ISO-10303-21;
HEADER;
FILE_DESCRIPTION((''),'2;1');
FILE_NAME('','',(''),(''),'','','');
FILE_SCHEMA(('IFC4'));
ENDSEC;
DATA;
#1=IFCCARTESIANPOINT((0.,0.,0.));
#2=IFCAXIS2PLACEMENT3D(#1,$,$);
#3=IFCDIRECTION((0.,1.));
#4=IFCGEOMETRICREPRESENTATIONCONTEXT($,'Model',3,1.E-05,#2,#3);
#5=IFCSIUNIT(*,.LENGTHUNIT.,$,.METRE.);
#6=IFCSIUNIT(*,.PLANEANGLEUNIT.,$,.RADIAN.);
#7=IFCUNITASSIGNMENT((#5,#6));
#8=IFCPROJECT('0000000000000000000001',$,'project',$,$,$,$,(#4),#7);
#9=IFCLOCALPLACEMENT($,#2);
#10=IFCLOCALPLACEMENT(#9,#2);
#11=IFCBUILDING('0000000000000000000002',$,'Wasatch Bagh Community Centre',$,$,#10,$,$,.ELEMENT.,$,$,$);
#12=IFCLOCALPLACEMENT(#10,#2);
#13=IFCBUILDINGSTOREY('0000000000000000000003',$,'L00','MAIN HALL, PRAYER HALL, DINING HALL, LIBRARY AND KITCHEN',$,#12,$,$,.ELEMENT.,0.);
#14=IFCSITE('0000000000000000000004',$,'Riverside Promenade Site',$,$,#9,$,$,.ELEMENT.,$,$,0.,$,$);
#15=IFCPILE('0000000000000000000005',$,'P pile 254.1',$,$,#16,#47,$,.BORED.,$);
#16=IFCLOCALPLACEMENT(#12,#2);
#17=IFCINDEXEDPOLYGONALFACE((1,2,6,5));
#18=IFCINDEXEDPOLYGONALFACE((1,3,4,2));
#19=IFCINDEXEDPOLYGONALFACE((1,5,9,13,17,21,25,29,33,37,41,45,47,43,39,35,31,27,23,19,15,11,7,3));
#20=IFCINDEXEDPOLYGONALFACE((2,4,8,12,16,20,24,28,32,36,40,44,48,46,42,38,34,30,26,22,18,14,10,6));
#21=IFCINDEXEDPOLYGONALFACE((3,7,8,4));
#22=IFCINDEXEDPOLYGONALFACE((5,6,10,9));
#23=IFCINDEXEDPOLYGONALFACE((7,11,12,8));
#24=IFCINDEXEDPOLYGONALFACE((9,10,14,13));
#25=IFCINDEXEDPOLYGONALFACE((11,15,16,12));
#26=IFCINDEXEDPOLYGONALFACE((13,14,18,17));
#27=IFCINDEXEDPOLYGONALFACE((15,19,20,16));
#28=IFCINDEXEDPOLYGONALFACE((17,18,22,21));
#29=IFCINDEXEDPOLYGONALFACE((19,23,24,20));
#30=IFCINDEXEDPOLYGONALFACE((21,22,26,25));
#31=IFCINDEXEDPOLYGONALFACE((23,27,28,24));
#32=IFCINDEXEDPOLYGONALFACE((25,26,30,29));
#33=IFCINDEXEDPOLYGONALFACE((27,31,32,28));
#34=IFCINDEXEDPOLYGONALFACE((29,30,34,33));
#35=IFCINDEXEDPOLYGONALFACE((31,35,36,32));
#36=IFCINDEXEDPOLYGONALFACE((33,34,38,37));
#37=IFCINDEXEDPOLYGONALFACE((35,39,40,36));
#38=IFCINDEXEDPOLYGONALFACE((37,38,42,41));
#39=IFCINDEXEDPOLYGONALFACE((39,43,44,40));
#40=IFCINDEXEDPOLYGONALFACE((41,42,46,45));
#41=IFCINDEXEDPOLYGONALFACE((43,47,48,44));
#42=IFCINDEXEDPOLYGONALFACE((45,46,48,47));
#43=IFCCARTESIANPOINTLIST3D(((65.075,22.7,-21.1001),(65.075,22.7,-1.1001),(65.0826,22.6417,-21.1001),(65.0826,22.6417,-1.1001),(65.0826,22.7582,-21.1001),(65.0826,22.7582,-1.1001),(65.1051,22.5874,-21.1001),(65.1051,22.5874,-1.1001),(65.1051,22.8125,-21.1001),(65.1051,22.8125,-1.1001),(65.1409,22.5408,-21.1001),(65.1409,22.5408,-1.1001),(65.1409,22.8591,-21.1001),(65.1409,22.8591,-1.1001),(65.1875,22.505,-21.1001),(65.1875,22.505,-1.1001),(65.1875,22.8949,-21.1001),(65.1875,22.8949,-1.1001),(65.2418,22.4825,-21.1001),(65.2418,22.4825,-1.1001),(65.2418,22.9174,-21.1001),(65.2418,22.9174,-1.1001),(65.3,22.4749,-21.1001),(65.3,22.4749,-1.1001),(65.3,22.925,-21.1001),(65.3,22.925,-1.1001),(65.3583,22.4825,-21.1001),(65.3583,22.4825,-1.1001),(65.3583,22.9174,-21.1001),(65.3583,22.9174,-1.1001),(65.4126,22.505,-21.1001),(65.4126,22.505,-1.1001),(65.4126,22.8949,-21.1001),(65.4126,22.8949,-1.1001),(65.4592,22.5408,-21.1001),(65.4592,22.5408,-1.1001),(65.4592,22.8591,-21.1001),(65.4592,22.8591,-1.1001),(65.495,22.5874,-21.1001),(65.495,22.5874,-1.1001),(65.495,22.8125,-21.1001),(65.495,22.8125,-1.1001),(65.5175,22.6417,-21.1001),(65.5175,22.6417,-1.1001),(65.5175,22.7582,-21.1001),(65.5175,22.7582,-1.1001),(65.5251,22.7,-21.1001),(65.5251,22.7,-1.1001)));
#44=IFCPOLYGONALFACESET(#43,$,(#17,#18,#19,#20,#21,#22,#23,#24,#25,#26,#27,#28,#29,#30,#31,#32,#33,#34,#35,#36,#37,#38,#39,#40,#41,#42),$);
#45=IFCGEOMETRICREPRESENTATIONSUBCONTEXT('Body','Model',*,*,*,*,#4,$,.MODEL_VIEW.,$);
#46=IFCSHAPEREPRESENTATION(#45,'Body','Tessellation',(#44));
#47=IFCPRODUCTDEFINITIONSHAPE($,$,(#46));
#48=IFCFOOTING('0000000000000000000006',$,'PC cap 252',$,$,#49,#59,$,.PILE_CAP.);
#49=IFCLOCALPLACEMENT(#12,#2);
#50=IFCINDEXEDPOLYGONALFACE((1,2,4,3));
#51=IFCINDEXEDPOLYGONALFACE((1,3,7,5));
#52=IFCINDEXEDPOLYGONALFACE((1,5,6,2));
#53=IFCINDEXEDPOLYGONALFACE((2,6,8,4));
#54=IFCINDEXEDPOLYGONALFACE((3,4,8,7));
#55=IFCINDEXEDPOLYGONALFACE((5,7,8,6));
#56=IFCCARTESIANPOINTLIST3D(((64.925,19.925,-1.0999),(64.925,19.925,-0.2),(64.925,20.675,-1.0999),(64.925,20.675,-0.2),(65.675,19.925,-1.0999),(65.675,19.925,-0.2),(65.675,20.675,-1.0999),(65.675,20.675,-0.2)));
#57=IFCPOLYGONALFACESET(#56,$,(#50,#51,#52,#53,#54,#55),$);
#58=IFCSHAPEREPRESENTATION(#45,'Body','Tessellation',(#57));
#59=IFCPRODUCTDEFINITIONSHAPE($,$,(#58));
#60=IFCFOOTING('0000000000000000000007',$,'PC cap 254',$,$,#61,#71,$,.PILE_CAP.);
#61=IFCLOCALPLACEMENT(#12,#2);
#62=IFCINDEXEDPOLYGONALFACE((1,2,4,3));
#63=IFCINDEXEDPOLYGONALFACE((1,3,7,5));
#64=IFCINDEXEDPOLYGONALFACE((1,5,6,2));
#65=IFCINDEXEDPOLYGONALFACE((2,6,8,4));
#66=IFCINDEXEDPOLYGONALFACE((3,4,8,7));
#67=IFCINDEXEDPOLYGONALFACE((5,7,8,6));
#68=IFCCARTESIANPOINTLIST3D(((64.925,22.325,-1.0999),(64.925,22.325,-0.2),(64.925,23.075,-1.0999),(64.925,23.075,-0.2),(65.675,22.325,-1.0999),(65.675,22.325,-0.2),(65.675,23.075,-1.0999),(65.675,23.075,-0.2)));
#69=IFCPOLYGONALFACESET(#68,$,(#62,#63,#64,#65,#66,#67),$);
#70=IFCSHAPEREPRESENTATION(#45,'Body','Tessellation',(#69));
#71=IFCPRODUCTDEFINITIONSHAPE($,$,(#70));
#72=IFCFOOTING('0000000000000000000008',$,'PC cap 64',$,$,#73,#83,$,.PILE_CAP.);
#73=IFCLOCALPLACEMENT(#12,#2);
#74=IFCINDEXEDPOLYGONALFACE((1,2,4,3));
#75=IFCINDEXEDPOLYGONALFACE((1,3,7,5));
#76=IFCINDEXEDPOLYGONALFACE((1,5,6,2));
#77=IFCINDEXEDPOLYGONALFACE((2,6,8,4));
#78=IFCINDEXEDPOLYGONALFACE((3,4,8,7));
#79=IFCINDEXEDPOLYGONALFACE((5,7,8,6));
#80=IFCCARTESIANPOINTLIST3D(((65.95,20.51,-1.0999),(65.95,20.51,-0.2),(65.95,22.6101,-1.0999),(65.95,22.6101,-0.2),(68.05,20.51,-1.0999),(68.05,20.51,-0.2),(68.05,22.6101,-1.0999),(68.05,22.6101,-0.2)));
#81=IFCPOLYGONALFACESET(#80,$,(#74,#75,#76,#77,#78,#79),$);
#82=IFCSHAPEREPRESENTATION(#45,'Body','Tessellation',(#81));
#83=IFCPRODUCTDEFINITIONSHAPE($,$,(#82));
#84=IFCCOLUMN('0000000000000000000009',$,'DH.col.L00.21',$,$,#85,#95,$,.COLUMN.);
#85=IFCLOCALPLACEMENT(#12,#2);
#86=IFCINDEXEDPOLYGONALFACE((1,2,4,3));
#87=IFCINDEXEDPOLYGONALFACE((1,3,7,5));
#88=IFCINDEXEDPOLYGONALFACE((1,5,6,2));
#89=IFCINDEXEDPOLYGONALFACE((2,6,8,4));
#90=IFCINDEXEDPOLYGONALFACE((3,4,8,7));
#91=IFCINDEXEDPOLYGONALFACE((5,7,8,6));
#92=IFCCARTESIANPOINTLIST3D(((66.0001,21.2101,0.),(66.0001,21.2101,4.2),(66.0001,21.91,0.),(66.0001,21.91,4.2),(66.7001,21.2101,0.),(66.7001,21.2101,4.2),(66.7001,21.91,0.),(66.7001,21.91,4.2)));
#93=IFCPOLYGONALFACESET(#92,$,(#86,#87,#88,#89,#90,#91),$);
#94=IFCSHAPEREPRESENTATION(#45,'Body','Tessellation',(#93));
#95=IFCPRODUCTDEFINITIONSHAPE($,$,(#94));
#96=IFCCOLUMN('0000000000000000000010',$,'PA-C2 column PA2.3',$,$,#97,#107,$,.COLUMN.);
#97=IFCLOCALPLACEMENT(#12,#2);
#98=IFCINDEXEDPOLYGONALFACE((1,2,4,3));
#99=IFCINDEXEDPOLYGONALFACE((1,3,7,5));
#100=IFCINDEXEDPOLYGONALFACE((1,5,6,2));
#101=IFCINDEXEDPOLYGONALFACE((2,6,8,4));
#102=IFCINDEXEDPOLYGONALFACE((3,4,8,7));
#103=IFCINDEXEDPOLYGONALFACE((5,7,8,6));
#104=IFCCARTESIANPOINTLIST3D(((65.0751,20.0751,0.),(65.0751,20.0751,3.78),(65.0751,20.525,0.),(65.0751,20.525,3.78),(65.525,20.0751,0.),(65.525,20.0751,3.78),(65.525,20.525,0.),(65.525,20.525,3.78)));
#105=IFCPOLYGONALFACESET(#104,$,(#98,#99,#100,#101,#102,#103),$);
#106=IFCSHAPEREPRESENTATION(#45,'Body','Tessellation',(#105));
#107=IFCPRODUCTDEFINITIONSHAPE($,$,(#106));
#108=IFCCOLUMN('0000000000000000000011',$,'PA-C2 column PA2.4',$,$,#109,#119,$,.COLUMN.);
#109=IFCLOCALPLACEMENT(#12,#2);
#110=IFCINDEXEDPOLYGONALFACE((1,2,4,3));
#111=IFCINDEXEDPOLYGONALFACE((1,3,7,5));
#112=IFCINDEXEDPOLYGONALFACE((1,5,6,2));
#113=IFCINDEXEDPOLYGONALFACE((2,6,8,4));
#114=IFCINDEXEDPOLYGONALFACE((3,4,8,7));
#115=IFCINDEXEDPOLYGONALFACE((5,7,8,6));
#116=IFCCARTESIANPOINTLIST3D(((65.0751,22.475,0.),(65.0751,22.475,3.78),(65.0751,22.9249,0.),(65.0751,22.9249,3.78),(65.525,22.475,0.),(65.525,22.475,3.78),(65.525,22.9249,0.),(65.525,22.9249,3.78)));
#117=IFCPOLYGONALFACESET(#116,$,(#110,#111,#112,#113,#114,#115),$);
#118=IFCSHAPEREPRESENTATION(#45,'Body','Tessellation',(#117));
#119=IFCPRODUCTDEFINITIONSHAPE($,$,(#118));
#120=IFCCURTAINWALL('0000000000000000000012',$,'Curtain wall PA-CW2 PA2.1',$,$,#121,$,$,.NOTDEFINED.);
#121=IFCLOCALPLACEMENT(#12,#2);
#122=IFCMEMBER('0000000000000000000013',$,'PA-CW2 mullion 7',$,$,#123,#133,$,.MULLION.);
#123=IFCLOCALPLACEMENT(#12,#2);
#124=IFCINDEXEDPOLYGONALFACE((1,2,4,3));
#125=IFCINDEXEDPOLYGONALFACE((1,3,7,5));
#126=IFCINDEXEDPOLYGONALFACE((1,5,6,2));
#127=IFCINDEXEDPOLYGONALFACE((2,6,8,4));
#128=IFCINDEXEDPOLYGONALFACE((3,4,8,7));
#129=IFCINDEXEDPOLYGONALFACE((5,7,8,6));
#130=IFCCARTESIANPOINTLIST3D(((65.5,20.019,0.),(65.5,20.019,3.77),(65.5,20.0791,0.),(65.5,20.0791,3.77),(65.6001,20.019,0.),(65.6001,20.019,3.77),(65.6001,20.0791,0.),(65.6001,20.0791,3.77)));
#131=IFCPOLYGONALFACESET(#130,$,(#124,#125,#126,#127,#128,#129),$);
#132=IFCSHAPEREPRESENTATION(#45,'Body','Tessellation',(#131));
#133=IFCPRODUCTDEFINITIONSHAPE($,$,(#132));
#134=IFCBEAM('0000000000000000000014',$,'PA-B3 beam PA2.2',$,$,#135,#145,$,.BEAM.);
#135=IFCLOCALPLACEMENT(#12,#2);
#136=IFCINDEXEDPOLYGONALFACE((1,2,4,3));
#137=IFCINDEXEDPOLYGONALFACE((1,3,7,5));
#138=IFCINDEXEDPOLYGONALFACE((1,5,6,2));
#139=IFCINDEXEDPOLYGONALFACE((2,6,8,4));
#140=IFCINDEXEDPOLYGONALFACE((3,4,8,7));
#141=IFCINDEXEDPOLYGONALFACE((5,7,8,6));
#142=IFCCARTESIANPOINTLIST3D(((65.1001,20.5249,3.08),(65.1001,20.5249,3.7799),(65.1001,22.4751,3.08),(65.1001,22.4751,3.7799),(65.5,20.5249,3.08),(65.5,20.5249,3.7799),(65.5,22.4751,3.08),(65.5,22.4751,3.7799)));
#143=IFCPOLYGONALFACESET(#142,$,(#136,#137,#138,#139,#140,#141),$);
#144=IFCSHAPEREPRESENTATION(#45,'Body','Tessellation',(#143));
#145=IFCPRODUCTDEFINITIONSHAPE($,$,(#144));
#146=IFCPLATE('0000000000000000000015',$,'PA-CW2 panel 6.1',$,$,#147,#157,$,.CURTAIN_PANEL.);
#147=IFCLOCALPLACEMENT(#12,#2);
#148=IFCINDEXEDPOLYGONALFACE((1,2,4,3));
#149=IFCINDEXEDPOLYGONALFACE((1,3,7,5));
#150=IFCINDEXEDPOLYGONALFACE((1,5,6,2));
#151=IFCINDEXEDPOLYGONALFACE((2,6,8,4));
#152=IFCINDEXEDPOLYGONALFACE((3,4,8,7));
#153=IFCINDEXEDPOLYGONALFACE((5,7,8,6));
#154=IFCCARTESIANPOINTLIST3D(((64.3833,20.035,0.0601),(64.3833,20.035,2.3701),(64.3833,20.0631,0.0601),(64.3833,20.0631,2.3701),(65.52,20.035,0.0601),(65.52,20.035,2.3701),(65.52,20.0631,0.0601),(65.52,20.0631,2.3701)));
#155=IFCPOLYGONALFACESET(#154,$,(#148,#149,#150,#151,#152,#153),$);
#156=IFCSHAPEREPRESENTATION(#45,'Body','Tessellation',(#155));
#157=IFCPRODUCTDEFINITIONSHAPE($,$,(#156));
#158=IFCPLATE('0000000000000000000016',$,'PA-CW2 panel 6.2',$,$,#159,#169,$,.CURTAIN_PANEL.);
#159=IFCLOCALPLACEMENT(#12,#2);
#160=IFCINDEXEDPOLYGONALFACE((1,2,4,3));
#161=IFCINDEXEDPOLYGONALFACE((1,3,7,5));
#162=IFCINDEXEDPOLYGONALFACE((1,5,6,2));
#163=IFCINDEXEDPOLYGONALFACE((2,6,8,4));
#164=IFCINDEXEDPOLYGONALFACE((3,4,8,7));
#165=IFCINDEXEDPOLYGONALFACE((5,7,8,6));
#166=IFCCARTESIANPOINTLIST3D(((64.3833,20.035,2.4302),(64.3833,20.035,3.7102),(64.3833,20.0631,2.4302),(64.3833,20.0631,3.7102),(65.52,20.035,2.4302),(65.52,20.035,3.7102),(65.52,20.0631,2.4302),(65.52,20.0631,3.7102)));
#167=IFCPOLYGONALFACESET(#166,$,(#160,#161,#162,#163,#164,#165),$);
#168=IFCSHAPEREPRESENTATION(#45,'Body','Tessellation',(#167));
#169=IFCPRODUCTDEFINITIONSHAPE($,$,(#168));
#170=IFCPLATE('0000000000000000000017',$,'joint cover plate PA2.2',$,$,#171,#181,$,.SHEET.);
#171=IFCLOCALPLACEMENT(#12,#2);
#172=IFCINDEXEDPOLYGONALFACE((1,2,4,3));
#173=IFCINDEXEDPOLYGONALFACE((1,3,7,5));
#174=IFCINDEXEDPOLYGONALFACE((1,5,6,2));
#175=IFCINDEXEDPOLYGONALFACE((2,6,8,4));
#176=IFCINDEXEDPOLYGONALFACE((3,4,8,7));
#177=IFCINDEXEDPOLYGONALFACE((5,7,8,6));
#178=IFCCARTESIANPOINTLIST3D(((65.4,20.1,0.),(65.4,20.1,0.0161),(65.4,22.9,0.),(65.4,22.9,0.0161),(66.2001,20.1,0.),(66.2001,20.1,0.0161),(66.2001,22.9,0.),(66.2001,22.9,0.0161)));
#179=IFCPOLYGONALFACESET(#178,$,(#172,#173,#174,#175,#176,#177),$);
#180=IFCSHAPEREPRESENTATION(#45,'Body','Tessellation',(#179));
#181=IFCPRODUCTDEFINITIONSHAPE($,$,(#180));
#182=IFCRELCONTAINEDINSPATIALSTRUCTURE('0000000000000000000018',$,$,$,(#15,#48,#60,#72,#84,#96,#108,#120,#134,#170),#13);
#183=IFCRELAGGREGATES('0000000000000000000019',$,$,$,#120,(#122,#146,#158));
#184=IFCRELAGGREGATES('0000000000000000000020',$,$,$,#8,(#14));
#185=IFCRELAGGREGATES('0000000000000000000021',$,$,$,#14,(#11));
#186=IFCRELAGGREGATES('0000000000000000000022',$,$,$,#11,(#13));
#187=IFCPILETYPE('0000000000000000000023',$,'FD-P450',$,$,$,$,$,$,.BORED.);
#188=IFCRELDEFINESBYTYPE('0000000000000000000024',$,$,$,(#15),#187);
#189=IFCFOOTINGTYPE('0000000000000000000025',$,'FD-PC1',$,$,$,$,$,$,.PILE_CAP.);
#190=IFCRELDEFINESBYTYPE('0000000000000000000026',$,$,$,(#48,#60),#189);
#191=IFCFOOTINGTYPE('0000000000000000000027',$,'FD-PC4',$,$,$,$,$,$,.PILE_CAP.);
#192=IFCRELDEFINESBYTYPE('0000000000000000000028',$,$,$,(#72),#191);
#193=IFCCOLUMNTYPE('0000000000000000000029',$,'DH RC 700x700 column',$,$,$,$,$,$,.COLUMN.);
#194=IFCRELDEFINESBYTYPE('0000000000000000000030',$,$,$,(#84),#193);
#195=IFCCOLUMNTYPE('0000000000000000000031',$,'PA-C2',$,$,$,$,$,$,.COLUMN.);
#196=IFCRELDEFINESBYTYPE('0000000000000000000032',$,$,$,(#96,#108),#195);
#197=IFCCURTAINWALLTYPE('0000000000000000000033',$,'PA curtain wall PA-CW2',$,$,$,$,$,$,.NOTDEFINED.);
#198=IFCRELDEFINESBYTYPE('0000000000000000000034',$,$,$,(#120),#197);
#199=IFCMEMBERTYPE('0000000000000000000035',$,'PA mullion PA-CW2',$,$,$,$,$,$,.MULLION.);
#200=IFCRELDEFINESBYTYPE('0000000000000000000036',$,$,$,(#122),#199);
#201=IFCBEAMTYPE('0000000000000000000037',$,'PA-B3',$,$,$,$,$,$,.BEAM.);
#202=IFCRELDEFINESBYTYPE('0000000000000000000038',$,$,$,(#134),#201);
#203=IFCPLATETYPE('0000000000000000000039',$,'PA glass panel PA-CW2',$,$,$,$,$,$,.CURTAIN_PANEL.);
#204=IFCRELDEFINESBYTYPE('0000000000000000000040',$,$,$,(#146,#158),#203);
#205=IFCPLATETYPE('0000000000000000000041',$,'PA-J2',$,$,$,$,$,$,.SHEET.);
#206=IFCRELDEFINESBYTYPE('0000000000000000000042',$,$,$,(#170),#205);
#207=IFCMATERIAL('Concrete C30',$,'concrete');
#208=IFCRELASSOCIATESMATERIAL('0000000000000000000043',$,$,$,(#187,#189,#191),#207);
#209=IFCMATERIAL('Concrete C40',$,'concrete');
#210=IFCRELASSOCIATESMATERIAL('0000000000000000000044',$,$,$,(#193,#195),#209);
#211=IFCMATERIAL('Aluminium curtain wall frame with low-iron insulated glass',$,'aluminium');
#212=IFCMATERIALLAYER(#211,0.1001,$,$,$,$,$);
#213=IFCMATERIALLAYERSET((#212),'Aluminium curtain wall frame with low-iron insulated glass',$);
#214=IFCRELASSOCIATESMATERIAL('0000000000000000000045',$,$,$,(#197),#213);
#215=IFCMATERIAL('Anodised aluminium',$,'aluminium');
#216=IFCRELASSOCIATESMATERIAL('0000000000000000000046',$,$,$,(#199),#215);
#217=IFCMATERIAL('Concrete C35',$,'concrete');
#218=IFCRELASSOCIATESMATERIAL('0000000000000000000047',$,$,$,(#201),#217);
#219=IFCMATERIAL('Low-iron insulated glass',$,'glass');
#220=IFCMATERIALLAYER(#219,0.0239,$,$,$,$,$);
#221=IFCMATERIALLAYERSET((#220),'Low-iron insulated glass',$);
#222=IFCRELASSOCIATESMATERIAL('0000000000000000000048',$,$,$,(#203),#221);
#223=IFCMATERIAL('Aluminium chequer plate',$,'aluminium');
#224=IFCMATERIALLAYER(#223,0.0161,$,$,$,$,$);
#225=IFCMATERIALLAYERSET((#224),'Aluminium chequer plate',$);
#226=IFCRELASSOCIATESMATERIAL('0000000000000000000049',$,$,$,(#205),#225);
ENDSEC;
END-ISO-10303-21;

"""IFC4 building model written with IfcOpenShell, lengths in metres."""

from ifc_helpers import new_model, si_unit, direction, frame, origin, origin_2d, place, context, subcontext, project, spatial, rectangle, circle, extrude, material, layer, layer_set, material_profile, profile_set, type_object, element, aggregate, save


model = new_model("IFC4")

# Units and contexts
model_context = context("Model", 3, precision=1e-05, world=origin(), true_north=direction((0.0, 1.0)))
body_context = subcontext(model_context, "Body", "Model", "MODEL_VIEW")
ifc_project = project(units=[si_unit("LENGTHUNIT", "METRE"), si_unit("PLANEANGLEUNIT", "RADIAN")], contexts=[model_context])

# Site, building, storey
site_placement = place(None, origin())
site = spatial("IfcSite", under=ifc_project, at=site_placement, Name="Riverside Promenade Site", CompositionType="ELEMENT", RefElevation=0.0)
building_placement = place(site_placement, origin())
building = spatial("IfcBuilding", under=site, at=building_placement, Name="Wasatch Bagh Community Centre", CompositionType="ELEMENT")
storey_placement = place(building_placement, origin())
storey = spatial("IfcBuildingStorey", under=building, at=storey_placement, Name="L00", Description="MAIN HALL, PRAYER HALL, DINING HALL, LIBRARY AND KITCHEN", CompositionType="ELEMENT", Elevation=0.0)

# Shared definitions
ifc_material_1 = material(Name="Concrete C35", Category="concrete")

# Pile
ifc_material_2 = material(Name="Concrete C30", Category="concrete")
ifc_material_profile_1 = material_profile(ifc_material_2, circle(Radius=0.2251, at=origin_2d()), Name="RC D450")
ifc_profile_set_1 = profile_set([ifc_material_profile_1], Name="Concrete C30")
pile_type = type_object("IfcPileType", Name="FD-P450", PredefinedType="BORED", material=ifc_profile_set_1)
for number, where, z_axis, x_axis, name in (
    (1, (65.3, 22.7, -1.1001), (0.0, 0.0, -1.0), (1.0, 0.0, 0.0), "P pile 254.1"),
):
    element("IfcPile", number, at=place(storey_placement, frame(where, z_axis=z_axis, x_axis=x_axis)), inside=storey, type_object=pile_type, Name=name, PredefinedType="BORED", context=body_context, shape_type="SweptSolid", body=[
        extrude(circle(Radius=0.2251, at=origin_2d()), origin(), (0.0, 0.0, 1.0), 20.0),
    ])

# Footings
footing_type_1 = type_object("IfcFootingType", Name="FD-PC1", PredefinedType="PILE_CAP", material=ifc_material_2)
for number, where, z_axis, x_axis, name in (
    (2, (65.3, 20.3, -1.0999), (0.0, 0.0, 1.0), (1.0, 0.0, 0.0), "PC cap 252"),
    (3, (65.3, 22.7, -1.0999), (0.0, 0.0, 1.0), (1.0, 0.0, 0.0), "PC cap 254"),
):
    element("IfcFooting", number, at=place(storey_placement, frame(where, z_axis=z_axis, x_axis=x_axis)), inside=storey, type_object=footing_type_1, Name=name, PredefinedType="PILE_CAP", context=body_context, shape_type="SweptSolid", body=[
        extrude(rectangle(XDim=0.75, YDim=0.75, at=origin_2d()), origin(), (0.0, 0.0, 1.0), 0.8999),
    ])
footing_type_2 = type_object("IfcFootingType", Name="FD-PC4", PredefinedType="PILE_CAP", material=ifc_material_2)
footing_1_placement = place(storey_placement, frame((67.0, 21.5601, -1.0999), z_axis=(0.0, 0.0, 1.0), x_axis=(1.0, 0.0, 0.0)))
element("IfcFooting", 4, at=footing_1_placement, inside=storey, type_object=footing_type_2, Name="PC cap 64", PredefinedType="PILE_CAP", context=body_context, shape_type="SweptSolid", body=[
    extrude(rectangle(XDim=2.1001, YDim=2.1001, at=origin_2d()), origin(), (0.0, 0.0, 1.0), 0.8999),
])

# Columns
ifc_material_3 = material(Name="Concrete C40", Category="concrete")
ifc_material_profile_2 = material_profile(ifc_material_3, rectangle(XDim=0.7, YDim=0.7, at=origin_2d()), Name="RC 700x700")
ifc_profile_set_2 = profile_set([ifc_material_profile_2], Name="Concrete C40")
column_type_1 = type_object("IfcColumnType", Name="DH RC 700x700 column", PredefinedType="COLUMN", material=ifc_profile_set_2)
column_placement = place(storey_placement, frame((66.3501, 21.5601, 0.0), z_axis=(0.0, 0.0, 1.0), x_axis=(1.0, 0.0, 0.0)))
element("IfcColumn", 5, at=column_placement, inside=storey, type_object=column_type_1, Name="DH.col.L00.21", PredefinedType="COLUMN", context=body_context, shape_type="SweptSolid", body=[
    extrude(rectangle(XDim=0.7, YDim=0.7, at=origin_2d()), origin(), (0.0, 0.0, 1.0), 4.2),
])
ifc_material_profile_3 = material_profile(ifc_material_3, rectangle(XDim=0.45, YDim=0.45, at=origin_2d()), Name="RC 450x450")
ifc_profile_set_3 = profile_set([ifc_material_profile_3], Name="Concrete C40")
column_type_2 = type_object("IfcColumnType", Name="PA-C2", PredefinedType="COLUMN", material=ifc_profile_set_3)
for number, where, z_axis, x_axis, name in (
    (6, (65.3, 20.3, 0.0), (0.0, 0.0, 1.0), (1.0, 0.0, 0.0), "PA-C2 column PA2.3"),
    (7, (65.3, 22.7, 0.0), (0.0, 0.0, 1.0), (1.0, 0.0, 0.0), "PA-C2 column PA2.4"),
):
    element("IfcColumn", number, at=place(storey_placement, frame(where, z_axis=z_axis, x_axis=x_axis)), inside=storey, type_object=column_type_2, Name=name, PredefinedType="COLUMN", context=body_context, shape_type="SweptSolid", body=[
        extrude(rectangle(XDim=0.45, YDim=0.45, at=origin_2d()), origin(), (0.0, 0.0, 1.0), 3.78),
    ])

# Curtain wall, member
ifc_material_4 = material(Name="Aluminium curtain wall frame with low-iron insulated glass", Category="aluminium")
ifc_layer_1 = layer(ifc_material_4, 0.1001)
ifc_layer_set_1 = layer_set([ifc_layer_1], Name="Aluminium curtain wall frame with low-iron insulated glass")
curtain_wall_type = type_object("IfcCurtainWallType", Name="PA curtain wall PA-CW2", PredefinedType="NOTDEFINED", material=ifc_layer_set_1)
curtain_wall_placement = place(storey_placement, origin())
curtain_wall = element("IfcCurtainWall", 8, at=curtain_wall_placement, inside=storey, type_object=curtain_wall_type, Name="Curtain wall PA-CW2 PA2.1", PredefinedType="NOTDEFINED")
ifc_material_5 = material(Name="Anodised aluminium", Category="aluminium")
ifc_material_profile_4 = material_profile(ifc_material_5, rectangle(XDim=0.0601, YDim=0.1001, at=origin_2d()), Name="PA mullion PA-CW2")
ifc_profile_set_4 = profile_set([ifc_material_profile_4], Name="Anodised aluminium")
member_type = type_object("IfcMemberType", Name="PA mullion PA-CW2", PredefinedType="MULLION", material=ifc_profile_set_4)
member_placement = place(storey_placement, frame((65.55, 20.0491, 0.0), z_axis=(0.0, 0.0, 1.0), x_axis=(0.0, 1.0, 0.0)))
member = element("IfcMember", 9, at=member_placement, type_object=member_type, Name="PA-CW2 mullion 7", PredefinedType="MULLION", context=body_context, shape_type="SweptSolid", body=[
    extrude(rectangle(XDim=0.0601, YDim=0.1001, at=origin_2d()), origin(), (0.0, 0.0, 1.0), 3.77),
])

# Beam
ifc_material_profile_5 = material_profile(ifc_material_1, rectangle(XDim=0.3999, YDim=0.7, at=origin_2d()), Name="RC 400x700")
ifc_profile_set_5 = profile_set([ifc_material_profile_5], Name="Concrete C35")
beam_type = type_object("IfcBeamType", Name="PA-B3", PredefinedType="BEAM", material=ifc_profile_set_5)
beam_placement = place(storey_placement, frame((65.3, 20.5249, 3.4299), z_axis=(0.0, 1.0, 0.0), x_axis=(-1.0, 0.0, 0.0)))
element("IfcBeam", 10, at=beam_placement, inside=storey, type_object=beam_type, Name="PA-B3 beam PA2.2", PredefinedType="BEAM", context=body_context, shape_type="SweptSolid", body=[
    extrude(rectangle(XDim=0.3999, YDim=0.7, at=origin_2d()), origin(), (0.0, 0.0, 1.0), 1.9502),
])

# Plates
ifc_material_6 = material(Name="Low-iron insulated glass", Category="glass")
ifc_layer_2 = layer(ifc_material_6, 0.0239)
ifc_layer_set_2 = layer_set([ifc_layer_2], Name="Low-iron insulated glass")
plate_type_1 = type_object("IfcPlateType", Name="PA glass panel PA-CW2", PredefinedType="CURTAIN_PANEL", material=ifc_layer_set_2)
plate_1_placement = place(storey_placement, frame((64.9517, 20.0491, 0.0601), z_axis=(0.0, 0.0, 1.0), x_axis=(1.0, 0.0, 0.0)))
plate_1 = element("IfcPlate", 11, at=plate_1_placement, type_object=plate_type_1, Name="PA-CW2 panel 6.1", PredefinedType="CURTAIN_PANEL", context=body_context, shape_type="SweptSolid", body=[
    extrude(rectangle(XDim=1.1367, YDim=0.0281, at=origin_2d()), origin(), (0.0, 0.0, 1.0), 2.3101),
])
plate_2_placement = place(storey_placement, frame((64.9517, 20.0491, 2.4302), z_axis=(0.0, 0.0, 1.0), x_axis=(1.0, 0.0, 0.0)))
plate_2 = element("IfcPlate", 12, at=plate_2_placement, type_object=plate_type_1, Name="PA-CW2 panel 6.2", PredefinedType="CURTAIN_PANEL", context=body_context, shape_type="SweptSolid", body=[
    extrude(rectangle(XDim=1.1367, YDim=0.0281, at=origin_2d()), origin(), (0.0, 0.0, 1.0), 1.28),
])
aggregate(curtain_wall, [member, plate_1, plate_2])
ifc_material_7 = material(Name="Aluminium chequer plate", Category="aluminium")
ifc_layer_3 = layer(ifc_material_7, 0.0161)
ifc_layer_set_3 = layer_set([ifc_layer_3], Name="Aluminium chequer plate")
plate_type_2 = type_object("IfcPlateType", Name="PA-J2", PredefinedType="SHEET", material=ifc_layer_set_3)
plate_3_placement = place(storey_placement, frame((65.8, 21.5, 0.0), z_axis=(0.0, 0.0, 1.0), x_axis=(1.0, 0.0, 0.0)))
element("IfcPlate", 13, at=plate_3_placement, inside=storey, type_object=plate_type_2, Name="joint cover plate PA2.2", PredefinedType="SHEET", context=body_context, shape_type="SweptSolid", body=[
    extrude(rectangle(XDim=0.8, YDim=2.8, at=origin_2d()), origin(), (0.0, 0.0, 1.0), 0.0161),
])

save(model, "model.ifc")
